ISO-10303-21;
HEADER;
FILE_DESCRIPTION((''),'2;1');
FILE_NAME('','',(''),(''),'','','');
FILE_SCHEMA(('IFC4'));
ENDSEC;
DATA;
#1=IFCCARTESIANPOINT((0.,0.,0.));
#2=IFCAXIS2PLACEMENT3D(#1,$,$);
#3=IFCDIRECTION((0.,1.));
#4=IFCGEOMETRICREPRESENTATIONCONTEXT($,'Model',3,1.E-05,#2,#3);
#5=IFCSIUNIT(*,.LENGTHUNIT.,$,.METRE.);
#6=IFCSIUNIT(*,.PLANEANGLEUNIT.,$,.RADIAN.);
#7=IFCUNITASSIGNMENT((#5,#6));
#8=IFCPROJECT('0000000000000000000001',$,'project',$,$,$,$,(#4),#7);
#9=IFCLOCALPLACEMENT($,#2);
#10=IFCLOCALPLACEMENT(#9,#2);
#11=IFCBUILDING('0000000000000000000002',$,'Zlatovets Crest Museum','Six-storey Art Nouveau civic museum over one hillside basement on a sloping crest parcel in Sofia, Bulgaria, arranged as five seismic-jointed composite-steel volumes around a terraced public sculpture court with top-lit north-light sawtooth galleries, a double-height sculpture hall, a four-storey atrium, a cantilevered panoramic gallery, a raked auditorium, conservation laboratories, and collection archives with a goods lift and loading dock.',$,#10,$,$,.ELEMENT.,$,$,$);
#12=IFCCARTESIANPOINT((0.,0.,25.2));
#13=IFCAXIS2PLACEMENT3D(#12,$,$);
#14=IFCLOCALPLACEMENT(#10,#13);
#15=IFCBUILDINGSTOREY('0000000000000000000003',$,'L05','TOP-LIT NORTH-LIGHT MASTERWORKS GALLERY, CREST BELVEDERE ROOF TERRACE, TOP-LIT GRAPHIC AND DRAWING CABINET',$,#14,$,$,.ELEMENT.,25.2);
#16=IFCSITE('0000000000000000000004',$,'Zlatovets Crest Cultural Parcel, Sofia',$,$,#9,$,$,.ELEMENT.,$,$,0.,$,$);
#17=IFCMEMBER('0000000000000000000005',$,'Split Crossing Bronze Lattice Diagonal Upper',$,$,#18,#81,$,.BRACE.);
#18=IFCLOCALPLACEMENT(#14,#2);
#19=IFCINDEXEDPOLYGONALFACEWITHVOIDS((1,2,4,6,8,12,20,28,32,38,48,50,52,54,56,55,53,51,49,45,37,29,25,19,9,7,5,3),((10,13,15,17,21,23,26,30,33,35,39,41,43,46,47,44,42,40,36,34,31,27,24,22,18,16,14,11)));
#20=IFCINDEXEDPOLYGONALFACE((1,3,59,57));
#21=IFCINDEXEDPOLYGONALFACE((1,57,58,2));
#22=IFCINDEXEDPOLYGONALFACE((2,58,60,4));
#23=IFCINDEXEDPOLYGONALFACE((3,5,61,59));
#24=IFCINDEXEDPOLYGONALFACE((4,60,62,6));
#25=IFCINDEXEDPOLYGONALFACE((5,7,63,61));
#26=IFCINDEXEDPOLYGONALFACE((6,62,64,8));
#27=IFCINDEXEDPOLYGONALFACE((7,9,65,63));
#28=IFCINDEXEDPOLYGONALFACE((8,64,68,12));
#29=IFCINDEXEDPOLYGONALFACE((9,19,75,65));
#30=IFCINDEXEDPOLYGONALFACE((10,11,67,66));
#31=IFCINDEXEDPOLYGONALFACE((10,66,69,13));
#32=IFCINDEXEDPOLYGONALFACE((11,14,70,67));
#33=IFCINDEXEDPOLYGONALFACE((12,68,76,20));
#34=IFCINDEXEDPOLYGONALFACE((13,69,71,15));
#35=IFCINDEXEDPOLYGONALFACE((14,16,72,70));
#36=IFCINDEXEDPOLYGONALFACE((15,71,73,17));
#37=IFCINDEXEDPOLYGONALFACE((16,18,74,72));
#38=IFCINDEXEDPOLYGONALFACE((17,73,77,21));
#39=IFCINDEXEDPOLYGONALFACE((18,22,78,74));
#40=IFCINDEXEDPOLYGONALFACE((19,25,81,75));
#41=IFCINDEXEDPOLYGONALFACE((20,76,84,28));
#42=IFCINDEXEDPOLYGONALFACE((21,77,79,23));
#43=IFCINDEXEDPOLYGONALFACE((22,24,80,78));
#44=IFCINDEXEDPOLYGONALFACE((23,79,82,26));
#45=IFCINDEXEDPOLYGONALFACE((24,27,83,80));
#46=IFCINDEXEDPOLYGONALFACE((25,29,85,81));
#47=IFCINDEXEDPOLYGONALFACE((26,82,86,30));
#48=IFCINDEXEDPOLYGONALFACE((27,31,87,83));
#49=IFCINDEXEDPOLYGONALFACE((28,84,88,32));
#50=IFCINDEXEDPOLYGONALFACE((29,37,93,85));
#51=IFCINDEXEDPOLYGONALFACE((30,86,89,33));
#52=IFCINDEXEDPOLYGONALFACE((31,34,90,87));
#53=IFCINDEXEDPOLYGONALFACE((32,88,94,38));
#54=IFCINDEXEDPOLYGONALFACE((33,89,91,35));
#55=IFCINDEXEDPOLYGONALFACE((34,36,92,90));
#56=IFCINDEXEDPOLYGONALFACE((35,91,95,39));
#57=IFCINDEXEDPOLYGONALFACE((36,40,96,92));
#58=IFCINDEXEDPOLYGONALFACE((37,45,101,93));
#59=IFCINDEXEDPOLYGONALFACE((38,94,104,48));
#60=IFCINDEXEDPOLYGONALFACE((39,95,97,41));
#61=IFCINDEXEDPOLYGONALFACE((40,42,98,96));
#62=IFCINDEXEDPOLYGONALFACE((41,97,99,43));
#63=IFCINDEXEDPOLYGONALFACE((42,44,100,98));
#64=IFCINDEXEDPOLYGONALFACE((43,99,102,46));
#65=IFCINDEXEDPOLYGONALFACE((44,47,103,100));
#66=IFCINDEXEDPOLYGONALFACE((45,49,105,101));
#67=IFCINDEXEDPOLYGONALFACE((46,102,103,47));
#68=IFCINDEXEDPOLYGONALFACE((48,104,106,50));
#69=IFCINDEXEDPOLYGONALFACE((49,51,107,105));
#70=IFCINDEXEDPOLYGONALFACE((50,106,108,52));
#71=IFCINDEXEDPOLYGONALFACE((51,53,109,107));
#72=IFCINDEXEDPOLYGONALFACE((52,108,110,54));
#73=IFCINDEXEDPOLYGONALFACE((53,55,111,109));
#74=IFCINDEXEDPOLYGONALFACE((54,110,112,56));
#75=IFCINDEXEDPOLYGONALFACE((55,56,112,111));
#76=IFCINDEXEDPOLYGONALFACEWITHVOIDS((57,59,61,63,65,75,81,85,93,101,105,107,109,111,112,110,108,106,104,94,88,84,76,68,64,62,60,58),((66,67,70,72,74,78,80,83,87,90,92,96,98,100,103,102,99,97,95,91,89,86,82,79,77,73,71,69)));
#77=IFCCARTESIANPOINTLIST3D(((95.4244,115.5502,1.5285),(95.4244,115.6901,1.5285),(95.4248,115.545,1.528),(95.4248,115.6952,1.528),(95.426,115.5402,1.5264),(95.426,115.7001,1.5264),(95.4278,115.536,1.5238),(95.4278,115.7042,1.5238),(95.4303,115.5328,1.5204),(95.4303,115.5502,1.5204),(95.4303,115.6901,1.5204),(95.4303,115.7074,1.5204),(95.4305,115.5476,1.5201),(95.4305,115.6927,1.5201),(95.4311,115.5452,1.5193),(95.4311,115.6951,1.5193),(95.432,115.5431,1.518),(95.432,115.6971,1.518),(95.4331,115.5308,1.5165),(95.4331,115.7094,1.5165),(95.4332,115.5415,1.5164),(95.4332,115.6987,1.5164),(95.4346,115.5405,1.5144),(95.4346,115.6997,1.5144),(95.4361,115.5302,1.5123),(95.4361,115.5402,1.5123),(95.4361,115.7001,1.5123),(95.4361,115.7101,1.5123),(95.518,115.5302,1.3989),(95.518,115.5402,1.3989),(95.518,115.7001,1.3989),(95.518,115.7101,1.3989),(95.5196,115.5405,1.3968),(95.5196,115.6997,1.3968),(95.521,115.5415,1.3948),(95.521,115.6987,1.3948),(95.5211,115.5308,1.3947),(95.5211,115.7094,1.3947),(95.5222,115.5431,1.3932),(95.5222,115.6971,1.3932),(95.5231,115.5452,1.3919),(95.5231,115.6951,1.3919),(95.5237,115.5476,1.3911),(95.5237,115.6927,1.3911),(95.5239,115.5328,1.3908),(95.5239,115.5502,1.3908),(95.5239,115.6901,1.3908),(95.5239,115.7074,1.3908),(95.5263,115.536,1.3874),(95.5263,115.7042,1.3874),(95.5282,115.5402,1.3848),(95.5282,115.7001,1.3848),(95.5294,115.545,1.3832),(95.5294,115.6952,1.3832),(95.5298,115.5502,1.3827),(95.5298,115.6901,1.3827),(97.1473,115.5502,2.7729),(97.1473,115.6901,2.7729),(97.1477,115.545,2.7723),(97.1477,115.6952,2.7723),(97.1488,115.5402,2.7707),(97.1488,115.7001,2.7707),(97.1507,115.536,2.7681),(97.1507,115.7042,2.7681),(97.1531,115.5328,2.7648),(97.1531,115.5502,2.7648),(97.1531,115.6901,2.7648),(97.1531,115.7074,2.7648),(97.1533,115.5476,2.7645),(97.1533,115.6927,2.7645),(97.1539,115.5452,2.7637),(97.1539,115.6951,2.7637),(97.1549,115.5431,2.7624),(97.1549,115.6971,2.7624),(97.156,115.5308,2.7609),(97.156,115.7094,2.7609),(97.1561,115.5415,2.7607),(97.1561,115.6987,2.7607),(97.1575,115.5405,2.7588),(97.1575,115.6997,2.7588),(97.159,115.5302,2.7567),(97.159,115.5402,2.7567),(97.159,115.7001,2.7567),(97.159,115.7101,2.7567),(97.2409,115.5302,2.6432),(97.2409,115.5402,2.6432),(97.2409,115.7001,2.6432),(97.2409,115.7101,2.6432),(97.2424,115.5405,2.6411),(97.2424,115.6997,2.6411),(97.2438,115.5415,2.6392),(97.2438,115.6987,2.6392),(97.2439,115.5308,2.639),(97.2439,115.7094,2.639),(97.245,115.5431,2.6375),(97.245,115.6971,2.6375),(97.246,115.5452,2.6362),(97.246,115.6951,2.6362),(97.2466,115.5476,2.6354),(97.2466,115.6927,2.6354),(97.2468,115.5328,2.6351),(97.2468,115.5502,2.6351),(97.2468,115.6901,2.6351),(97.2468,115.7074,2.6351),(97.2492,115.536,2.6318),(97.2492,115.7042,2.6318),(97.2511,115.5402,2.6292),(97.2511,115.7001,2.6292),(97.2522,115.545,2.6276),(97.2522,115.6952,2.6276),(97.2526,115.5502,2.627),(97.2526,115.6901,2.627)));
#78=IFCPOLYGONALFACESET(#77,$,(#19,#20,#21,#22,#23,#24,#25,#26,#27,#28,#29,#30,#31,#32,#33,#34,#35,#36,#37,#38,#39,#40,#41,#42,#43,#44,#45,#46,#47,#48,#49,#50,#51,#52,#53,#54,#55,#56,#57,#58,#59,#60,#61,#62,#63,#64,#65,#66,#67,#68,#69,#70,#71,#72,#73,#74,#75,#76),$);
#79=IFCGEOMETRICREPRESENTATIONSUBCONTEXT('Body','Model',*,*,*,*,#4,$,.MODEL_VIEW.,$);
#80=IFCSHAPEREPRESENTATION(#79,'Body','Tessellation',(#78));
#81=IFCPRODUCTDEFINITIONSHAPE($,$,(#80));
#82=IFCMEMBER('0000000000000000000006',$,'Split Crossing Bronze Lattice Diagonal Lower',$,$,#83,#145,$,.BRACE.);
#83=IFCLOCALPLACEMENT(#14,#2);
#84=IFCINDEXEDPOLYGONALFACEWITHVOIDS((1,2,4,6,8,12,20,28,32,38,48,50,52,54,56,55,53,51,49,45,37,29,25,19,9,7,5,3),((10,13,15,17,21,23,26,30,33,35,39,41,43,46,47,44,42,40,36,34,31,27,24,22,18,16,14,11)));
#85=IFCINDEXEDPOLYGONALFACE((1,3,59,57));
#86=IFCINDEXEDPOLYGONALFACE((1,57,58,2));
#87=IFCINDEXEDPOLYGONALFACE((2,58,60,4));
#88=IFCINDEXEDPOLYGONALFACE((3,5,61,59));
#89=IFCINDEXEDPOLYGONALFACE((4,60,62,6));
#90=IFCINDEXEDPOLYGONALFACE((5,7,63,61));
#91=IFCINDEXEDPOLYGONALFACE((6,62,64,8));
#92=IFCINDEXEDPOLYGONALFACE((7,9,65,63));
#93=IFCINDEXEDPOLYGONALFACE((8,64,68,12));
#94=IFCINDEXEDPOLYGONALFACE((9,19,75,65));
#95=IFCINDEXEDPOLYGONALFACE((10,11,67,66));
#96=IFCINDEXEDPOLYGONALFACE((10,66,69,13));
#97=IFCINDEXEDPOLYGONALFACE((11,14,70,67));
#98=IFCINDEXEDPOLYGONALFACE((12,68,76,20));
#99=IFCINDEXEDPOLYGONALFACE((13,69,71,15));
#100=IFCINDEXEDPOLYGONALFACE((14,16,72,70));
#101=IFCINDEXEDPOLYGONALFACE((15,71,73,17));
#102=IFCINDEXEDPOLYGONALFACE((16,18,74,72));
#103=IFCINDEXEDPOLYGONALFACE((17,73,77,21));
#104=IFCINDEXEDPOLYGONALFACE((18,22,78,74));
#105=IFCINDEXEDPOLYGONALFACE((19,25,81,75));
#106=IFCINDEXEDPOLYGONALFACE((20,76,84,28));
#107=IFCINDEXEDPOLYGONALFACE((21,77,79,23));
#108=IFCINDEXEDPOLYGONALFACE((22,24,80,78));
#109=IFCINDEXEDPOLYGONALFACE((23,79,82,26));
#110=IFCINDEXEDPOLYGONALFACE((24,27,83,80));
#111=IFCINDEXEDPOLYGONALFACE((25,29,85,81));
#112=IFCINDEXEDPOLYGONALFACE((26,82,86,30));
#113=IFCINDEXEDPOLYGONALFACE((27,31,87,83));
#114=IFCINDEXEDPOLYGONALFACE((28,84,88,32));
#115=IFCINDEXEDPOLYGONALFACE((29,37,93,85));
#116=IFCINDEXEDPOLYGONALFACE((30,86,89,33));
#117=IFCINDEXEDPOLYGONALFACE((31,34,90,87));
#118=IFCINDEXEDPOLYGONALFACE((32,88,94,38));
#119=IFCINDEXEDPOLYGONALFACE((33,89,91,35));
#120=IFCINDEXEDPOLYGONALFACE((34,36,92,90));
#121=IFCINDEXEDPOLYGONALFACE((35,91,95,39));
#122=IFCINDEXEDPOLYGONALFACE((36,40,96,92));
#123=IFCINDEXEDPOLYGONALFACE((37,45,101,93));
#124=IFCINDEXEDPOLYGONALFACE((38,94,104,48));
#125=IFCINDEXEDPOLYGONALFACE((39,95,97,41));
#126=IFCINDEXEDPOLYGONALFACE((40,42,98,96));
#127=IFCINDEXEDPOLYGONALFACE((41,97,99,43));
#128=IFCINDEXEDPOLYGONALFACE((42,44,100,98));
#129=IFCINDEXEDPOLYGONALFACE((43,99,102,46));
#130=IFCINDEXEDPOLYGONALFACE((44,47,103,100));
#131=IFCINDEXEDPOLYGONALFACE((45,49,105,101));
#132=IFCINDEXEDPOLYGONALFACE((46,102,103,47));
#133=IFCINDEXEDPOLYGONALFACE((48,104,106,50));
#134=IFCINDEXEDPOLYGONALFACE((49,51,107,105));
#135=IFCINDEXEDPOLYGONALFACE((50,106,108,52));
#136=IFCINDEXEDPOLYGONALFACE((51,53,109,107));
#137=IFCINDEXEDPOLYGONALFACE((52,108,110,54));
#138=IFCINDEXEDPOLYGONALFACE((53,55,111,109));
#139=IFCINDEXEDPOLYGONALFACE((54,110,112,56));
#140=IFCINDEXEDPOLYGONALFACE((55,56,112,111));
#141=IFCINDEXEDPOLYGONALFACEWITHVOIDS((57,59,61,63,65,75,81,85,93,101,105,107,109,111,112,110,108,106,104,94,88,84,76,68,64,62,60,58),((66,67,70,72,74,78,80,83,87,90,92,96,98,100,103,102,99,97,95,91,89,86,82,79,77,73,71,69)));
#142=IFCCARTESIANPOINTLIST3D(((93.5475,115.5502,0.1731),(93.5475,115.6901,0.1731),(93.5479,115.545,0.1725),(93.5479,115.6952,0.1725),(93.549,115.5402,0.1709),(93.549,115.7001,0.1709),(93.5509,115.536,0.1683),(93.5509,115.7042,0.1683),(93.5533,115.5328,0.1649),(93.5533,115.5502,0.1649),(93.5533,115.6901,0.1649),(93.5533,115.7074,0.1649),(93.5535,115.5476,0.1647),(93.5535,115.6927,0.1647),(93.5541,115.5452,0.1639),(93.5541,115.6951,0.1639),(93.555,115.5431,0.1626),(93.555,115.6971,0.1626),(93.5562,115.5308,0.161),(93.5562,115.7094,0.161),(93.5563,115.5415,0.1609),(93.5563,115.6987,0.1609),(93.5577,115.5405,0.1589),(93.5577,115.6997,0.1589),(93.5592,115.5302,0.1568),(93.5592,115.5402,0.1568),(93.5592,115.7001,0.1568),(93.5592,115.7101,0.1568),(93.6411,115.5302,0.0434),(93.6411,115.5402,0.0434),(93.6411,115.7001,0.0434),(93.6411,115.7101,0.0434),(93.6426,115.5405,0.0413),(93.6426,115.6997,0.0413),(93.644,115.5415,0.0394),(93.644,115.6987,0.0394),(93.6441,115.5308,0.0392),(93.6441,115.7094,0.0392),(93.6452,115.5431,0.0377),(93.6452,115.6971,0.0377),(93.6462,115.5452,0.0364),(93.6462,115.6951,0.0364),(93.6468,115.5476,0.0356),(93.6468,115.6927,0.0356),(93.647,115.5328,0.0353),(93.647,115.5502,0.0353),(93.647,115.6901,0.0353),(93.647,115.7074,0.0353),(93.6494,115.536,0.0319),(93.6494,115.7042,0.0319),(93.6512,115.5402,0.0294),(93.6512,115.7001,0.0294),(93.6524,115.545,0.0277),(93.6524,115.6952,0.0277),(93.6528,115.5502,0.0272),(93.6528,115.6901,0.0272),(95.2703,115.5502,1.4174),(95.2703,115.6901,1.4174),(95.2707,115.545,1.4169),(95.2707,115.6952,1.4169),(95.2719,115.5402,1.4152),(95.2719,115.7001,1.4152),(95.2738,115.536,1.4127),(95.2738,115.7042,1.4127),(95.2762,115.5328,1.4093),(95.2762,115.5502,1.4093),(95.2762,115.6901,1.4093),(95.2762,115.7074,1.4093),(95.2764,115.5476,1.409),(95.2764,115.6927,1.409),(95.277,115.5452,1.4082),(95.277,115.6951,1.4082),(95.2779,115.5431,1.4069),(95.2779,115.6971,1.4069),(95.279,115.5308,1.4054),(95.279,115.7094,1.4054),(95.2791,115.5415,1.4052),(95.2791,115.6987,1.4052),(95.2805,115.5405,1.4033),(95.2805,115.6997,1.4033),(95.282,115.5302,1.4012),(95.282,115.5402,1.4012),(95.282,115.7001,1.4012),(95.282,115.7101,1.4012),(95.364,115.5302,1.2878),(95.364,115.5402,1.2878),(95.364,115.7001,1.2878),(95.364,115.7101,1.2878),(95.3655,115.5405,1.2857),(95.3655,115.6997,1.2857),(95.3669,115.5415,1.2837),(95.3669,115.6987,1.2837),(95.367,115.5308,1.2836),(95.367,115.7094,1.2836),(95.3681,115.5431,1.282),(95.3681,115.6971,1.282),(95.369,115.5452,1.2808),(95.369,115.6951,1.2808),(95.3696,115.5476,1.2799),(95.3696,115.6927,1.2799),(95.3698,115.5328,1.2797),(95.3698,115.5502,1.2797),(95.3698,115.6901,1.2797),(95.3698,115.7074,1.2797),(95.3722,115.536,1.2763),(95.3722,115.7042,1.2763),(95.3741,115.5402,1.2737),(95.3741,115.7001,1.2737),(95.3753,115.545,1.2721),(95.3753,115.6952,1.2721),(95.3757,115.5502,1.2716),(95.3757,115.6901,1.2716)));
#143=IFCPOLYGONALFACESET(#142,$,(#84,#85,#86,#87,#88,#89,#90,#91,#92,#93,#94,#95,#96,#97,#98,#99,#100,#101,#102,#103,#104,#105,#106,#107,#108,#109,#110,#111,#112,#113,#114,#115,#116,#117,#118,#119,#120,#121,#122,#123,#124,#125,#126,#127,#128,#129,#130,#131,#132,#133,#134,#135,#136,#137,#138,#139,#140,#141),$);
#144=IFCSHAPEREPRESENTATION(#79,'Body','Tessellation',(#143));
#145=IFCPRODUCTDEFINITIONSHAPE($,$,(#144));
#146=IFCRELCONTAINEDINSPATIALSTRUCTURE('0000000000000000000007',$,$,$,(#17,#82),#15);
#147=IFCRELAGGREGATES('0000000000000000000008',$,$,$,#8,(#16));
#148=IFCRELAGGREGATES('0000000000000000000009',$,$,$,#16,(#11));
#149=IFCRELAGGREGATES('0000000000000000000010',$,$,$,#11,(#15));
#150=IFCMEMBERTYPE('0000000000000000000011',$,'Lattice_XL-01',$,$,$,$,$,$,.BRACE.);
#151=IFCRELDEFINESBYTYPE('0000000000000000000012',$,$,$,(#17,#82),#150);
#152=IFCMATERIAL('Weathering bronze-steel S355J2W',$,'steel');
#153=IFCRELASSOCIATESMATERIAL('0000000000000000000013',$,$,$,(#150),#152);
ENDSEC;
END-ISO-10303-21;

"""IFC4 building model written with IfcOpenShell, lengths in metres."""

from ifc_helpers import new_model, si_unit, direction, frame, origin, origin_2d, place, context, subcontext, project, spatial, hollow_rectangle, extrude, material, material_profile, profile_set, type_object, element, save


model = new_model("IFC4")

# Units and contexts
model_context = context("Model", 3, precision=1e-05, world=origin(), true_north=direction((0.0, 1.0)))
body_context = subcontext(model_context, "Body", "Model", "MODEL_VIEW")
ifc_project = project(units=[si_unit("LENGTHUNIT", "METRE"), si_unit("PLANEANGLEUNIT", "RADIAN")], contexts=[model_context])

# Site, building, storey
site_placement = place(None, origin())
site = spatial("IfcSite", under=ifc_project, at=site_placement, Name="Zlatovets Crest Cultural Parcel, Sofia", CompositionType="ELEMENT", RefElevation=0.0)
building_placement = place(site_placement, origin())
building = spatial("IfcBuilding", under=site, at=building_placement, Name="Zlatovets Crest Museum", Description="Six-storey Art Nouveau civic museum over one hillside basement on a sloping crest parcel in Sofia, Bulgaria, arranged as five seismic-jointed composite-steel volumes around a terraced public sculpture court with top-lit north-light sawtooth galleries, a double-height sculpture hall, a four-storey atrium, a cantilevered panoramic gallery, a raked auditorium, conservation laboratories, and collection archives with a goods lift and loading dock.", CompositionType="ELEMENT")
storey_placement = place(building_placement, frame((0.0, 0.0, 25.2)))
storey = spatial("IfcBuildingStorey", under=building, at=storey_placement, Name="L05", Description="TOP-LIT NORTH-LIGHT MASTERWORKS GALLERY, CREST BELVEDERE ROOF TERRACE, TOP-LIT GRAPHIC AND DRAWING CABINET", CompositionType="ELEMENT", Elevation=25.2)

# Members
ifc_material_1 = material(Name="Weathering bronze-steel S355J2W", Category="steel")
ifc_material_profile_1 = material_profile(ifc_material_1, hollow_rectangle(XDim=0.1799, YDim=0.1799, WallThickness=0.01, InnerFilletRadius=0.01, OuterFilletRadius=0.02, at=origin_2d()), Name="SHS 180x180x10.0")
ifc_profile_set_1 = profile_set([ifc_material_profile_1], Name="Weathering bronze-steel S355J2W")
member_type_1 = type_object("IfcMemberType", Name="Lattice_XL-01", PredefinedType="BRACE", material=ifc_profile_set_1)
for number, where, z_axis, x_axis, name in (
    (1, (97.2, 115.6201, 2.7), (-0.810664, 0.0, -0.585512), (0.0, -1.0, 0.0), "Split Crossing Bronze Lattice Diagonal Upper"),
    (2, (95.323, 115.6201, 1.3445), (-0.810664, 0.0, -0.585512), (0.0, -1.0, 0.0), "Split Crossing Bronze Lattice Diagonal Lower"),
):
    element("IfcMember", number, at=place(storey_placement, frame(where, z_axis=z_axis, x_axis=x_axis)), inside=storey, type_object=member_type_1, Name=name, PredefinedType="BRACE", context=body_context, shape_type="SweptSolid", body=[
        extrude(hollow_rectangle(XDim=0.1799, YDim=0.1799, WallThickness=0.01, InnerFilletRadius=0.01, OuterFilletRadius=0.02, at=origin_2d()), origin(), (0.0, 0.0, 1.0), 2.1252),
    ])

save(model, "model.ifc")
